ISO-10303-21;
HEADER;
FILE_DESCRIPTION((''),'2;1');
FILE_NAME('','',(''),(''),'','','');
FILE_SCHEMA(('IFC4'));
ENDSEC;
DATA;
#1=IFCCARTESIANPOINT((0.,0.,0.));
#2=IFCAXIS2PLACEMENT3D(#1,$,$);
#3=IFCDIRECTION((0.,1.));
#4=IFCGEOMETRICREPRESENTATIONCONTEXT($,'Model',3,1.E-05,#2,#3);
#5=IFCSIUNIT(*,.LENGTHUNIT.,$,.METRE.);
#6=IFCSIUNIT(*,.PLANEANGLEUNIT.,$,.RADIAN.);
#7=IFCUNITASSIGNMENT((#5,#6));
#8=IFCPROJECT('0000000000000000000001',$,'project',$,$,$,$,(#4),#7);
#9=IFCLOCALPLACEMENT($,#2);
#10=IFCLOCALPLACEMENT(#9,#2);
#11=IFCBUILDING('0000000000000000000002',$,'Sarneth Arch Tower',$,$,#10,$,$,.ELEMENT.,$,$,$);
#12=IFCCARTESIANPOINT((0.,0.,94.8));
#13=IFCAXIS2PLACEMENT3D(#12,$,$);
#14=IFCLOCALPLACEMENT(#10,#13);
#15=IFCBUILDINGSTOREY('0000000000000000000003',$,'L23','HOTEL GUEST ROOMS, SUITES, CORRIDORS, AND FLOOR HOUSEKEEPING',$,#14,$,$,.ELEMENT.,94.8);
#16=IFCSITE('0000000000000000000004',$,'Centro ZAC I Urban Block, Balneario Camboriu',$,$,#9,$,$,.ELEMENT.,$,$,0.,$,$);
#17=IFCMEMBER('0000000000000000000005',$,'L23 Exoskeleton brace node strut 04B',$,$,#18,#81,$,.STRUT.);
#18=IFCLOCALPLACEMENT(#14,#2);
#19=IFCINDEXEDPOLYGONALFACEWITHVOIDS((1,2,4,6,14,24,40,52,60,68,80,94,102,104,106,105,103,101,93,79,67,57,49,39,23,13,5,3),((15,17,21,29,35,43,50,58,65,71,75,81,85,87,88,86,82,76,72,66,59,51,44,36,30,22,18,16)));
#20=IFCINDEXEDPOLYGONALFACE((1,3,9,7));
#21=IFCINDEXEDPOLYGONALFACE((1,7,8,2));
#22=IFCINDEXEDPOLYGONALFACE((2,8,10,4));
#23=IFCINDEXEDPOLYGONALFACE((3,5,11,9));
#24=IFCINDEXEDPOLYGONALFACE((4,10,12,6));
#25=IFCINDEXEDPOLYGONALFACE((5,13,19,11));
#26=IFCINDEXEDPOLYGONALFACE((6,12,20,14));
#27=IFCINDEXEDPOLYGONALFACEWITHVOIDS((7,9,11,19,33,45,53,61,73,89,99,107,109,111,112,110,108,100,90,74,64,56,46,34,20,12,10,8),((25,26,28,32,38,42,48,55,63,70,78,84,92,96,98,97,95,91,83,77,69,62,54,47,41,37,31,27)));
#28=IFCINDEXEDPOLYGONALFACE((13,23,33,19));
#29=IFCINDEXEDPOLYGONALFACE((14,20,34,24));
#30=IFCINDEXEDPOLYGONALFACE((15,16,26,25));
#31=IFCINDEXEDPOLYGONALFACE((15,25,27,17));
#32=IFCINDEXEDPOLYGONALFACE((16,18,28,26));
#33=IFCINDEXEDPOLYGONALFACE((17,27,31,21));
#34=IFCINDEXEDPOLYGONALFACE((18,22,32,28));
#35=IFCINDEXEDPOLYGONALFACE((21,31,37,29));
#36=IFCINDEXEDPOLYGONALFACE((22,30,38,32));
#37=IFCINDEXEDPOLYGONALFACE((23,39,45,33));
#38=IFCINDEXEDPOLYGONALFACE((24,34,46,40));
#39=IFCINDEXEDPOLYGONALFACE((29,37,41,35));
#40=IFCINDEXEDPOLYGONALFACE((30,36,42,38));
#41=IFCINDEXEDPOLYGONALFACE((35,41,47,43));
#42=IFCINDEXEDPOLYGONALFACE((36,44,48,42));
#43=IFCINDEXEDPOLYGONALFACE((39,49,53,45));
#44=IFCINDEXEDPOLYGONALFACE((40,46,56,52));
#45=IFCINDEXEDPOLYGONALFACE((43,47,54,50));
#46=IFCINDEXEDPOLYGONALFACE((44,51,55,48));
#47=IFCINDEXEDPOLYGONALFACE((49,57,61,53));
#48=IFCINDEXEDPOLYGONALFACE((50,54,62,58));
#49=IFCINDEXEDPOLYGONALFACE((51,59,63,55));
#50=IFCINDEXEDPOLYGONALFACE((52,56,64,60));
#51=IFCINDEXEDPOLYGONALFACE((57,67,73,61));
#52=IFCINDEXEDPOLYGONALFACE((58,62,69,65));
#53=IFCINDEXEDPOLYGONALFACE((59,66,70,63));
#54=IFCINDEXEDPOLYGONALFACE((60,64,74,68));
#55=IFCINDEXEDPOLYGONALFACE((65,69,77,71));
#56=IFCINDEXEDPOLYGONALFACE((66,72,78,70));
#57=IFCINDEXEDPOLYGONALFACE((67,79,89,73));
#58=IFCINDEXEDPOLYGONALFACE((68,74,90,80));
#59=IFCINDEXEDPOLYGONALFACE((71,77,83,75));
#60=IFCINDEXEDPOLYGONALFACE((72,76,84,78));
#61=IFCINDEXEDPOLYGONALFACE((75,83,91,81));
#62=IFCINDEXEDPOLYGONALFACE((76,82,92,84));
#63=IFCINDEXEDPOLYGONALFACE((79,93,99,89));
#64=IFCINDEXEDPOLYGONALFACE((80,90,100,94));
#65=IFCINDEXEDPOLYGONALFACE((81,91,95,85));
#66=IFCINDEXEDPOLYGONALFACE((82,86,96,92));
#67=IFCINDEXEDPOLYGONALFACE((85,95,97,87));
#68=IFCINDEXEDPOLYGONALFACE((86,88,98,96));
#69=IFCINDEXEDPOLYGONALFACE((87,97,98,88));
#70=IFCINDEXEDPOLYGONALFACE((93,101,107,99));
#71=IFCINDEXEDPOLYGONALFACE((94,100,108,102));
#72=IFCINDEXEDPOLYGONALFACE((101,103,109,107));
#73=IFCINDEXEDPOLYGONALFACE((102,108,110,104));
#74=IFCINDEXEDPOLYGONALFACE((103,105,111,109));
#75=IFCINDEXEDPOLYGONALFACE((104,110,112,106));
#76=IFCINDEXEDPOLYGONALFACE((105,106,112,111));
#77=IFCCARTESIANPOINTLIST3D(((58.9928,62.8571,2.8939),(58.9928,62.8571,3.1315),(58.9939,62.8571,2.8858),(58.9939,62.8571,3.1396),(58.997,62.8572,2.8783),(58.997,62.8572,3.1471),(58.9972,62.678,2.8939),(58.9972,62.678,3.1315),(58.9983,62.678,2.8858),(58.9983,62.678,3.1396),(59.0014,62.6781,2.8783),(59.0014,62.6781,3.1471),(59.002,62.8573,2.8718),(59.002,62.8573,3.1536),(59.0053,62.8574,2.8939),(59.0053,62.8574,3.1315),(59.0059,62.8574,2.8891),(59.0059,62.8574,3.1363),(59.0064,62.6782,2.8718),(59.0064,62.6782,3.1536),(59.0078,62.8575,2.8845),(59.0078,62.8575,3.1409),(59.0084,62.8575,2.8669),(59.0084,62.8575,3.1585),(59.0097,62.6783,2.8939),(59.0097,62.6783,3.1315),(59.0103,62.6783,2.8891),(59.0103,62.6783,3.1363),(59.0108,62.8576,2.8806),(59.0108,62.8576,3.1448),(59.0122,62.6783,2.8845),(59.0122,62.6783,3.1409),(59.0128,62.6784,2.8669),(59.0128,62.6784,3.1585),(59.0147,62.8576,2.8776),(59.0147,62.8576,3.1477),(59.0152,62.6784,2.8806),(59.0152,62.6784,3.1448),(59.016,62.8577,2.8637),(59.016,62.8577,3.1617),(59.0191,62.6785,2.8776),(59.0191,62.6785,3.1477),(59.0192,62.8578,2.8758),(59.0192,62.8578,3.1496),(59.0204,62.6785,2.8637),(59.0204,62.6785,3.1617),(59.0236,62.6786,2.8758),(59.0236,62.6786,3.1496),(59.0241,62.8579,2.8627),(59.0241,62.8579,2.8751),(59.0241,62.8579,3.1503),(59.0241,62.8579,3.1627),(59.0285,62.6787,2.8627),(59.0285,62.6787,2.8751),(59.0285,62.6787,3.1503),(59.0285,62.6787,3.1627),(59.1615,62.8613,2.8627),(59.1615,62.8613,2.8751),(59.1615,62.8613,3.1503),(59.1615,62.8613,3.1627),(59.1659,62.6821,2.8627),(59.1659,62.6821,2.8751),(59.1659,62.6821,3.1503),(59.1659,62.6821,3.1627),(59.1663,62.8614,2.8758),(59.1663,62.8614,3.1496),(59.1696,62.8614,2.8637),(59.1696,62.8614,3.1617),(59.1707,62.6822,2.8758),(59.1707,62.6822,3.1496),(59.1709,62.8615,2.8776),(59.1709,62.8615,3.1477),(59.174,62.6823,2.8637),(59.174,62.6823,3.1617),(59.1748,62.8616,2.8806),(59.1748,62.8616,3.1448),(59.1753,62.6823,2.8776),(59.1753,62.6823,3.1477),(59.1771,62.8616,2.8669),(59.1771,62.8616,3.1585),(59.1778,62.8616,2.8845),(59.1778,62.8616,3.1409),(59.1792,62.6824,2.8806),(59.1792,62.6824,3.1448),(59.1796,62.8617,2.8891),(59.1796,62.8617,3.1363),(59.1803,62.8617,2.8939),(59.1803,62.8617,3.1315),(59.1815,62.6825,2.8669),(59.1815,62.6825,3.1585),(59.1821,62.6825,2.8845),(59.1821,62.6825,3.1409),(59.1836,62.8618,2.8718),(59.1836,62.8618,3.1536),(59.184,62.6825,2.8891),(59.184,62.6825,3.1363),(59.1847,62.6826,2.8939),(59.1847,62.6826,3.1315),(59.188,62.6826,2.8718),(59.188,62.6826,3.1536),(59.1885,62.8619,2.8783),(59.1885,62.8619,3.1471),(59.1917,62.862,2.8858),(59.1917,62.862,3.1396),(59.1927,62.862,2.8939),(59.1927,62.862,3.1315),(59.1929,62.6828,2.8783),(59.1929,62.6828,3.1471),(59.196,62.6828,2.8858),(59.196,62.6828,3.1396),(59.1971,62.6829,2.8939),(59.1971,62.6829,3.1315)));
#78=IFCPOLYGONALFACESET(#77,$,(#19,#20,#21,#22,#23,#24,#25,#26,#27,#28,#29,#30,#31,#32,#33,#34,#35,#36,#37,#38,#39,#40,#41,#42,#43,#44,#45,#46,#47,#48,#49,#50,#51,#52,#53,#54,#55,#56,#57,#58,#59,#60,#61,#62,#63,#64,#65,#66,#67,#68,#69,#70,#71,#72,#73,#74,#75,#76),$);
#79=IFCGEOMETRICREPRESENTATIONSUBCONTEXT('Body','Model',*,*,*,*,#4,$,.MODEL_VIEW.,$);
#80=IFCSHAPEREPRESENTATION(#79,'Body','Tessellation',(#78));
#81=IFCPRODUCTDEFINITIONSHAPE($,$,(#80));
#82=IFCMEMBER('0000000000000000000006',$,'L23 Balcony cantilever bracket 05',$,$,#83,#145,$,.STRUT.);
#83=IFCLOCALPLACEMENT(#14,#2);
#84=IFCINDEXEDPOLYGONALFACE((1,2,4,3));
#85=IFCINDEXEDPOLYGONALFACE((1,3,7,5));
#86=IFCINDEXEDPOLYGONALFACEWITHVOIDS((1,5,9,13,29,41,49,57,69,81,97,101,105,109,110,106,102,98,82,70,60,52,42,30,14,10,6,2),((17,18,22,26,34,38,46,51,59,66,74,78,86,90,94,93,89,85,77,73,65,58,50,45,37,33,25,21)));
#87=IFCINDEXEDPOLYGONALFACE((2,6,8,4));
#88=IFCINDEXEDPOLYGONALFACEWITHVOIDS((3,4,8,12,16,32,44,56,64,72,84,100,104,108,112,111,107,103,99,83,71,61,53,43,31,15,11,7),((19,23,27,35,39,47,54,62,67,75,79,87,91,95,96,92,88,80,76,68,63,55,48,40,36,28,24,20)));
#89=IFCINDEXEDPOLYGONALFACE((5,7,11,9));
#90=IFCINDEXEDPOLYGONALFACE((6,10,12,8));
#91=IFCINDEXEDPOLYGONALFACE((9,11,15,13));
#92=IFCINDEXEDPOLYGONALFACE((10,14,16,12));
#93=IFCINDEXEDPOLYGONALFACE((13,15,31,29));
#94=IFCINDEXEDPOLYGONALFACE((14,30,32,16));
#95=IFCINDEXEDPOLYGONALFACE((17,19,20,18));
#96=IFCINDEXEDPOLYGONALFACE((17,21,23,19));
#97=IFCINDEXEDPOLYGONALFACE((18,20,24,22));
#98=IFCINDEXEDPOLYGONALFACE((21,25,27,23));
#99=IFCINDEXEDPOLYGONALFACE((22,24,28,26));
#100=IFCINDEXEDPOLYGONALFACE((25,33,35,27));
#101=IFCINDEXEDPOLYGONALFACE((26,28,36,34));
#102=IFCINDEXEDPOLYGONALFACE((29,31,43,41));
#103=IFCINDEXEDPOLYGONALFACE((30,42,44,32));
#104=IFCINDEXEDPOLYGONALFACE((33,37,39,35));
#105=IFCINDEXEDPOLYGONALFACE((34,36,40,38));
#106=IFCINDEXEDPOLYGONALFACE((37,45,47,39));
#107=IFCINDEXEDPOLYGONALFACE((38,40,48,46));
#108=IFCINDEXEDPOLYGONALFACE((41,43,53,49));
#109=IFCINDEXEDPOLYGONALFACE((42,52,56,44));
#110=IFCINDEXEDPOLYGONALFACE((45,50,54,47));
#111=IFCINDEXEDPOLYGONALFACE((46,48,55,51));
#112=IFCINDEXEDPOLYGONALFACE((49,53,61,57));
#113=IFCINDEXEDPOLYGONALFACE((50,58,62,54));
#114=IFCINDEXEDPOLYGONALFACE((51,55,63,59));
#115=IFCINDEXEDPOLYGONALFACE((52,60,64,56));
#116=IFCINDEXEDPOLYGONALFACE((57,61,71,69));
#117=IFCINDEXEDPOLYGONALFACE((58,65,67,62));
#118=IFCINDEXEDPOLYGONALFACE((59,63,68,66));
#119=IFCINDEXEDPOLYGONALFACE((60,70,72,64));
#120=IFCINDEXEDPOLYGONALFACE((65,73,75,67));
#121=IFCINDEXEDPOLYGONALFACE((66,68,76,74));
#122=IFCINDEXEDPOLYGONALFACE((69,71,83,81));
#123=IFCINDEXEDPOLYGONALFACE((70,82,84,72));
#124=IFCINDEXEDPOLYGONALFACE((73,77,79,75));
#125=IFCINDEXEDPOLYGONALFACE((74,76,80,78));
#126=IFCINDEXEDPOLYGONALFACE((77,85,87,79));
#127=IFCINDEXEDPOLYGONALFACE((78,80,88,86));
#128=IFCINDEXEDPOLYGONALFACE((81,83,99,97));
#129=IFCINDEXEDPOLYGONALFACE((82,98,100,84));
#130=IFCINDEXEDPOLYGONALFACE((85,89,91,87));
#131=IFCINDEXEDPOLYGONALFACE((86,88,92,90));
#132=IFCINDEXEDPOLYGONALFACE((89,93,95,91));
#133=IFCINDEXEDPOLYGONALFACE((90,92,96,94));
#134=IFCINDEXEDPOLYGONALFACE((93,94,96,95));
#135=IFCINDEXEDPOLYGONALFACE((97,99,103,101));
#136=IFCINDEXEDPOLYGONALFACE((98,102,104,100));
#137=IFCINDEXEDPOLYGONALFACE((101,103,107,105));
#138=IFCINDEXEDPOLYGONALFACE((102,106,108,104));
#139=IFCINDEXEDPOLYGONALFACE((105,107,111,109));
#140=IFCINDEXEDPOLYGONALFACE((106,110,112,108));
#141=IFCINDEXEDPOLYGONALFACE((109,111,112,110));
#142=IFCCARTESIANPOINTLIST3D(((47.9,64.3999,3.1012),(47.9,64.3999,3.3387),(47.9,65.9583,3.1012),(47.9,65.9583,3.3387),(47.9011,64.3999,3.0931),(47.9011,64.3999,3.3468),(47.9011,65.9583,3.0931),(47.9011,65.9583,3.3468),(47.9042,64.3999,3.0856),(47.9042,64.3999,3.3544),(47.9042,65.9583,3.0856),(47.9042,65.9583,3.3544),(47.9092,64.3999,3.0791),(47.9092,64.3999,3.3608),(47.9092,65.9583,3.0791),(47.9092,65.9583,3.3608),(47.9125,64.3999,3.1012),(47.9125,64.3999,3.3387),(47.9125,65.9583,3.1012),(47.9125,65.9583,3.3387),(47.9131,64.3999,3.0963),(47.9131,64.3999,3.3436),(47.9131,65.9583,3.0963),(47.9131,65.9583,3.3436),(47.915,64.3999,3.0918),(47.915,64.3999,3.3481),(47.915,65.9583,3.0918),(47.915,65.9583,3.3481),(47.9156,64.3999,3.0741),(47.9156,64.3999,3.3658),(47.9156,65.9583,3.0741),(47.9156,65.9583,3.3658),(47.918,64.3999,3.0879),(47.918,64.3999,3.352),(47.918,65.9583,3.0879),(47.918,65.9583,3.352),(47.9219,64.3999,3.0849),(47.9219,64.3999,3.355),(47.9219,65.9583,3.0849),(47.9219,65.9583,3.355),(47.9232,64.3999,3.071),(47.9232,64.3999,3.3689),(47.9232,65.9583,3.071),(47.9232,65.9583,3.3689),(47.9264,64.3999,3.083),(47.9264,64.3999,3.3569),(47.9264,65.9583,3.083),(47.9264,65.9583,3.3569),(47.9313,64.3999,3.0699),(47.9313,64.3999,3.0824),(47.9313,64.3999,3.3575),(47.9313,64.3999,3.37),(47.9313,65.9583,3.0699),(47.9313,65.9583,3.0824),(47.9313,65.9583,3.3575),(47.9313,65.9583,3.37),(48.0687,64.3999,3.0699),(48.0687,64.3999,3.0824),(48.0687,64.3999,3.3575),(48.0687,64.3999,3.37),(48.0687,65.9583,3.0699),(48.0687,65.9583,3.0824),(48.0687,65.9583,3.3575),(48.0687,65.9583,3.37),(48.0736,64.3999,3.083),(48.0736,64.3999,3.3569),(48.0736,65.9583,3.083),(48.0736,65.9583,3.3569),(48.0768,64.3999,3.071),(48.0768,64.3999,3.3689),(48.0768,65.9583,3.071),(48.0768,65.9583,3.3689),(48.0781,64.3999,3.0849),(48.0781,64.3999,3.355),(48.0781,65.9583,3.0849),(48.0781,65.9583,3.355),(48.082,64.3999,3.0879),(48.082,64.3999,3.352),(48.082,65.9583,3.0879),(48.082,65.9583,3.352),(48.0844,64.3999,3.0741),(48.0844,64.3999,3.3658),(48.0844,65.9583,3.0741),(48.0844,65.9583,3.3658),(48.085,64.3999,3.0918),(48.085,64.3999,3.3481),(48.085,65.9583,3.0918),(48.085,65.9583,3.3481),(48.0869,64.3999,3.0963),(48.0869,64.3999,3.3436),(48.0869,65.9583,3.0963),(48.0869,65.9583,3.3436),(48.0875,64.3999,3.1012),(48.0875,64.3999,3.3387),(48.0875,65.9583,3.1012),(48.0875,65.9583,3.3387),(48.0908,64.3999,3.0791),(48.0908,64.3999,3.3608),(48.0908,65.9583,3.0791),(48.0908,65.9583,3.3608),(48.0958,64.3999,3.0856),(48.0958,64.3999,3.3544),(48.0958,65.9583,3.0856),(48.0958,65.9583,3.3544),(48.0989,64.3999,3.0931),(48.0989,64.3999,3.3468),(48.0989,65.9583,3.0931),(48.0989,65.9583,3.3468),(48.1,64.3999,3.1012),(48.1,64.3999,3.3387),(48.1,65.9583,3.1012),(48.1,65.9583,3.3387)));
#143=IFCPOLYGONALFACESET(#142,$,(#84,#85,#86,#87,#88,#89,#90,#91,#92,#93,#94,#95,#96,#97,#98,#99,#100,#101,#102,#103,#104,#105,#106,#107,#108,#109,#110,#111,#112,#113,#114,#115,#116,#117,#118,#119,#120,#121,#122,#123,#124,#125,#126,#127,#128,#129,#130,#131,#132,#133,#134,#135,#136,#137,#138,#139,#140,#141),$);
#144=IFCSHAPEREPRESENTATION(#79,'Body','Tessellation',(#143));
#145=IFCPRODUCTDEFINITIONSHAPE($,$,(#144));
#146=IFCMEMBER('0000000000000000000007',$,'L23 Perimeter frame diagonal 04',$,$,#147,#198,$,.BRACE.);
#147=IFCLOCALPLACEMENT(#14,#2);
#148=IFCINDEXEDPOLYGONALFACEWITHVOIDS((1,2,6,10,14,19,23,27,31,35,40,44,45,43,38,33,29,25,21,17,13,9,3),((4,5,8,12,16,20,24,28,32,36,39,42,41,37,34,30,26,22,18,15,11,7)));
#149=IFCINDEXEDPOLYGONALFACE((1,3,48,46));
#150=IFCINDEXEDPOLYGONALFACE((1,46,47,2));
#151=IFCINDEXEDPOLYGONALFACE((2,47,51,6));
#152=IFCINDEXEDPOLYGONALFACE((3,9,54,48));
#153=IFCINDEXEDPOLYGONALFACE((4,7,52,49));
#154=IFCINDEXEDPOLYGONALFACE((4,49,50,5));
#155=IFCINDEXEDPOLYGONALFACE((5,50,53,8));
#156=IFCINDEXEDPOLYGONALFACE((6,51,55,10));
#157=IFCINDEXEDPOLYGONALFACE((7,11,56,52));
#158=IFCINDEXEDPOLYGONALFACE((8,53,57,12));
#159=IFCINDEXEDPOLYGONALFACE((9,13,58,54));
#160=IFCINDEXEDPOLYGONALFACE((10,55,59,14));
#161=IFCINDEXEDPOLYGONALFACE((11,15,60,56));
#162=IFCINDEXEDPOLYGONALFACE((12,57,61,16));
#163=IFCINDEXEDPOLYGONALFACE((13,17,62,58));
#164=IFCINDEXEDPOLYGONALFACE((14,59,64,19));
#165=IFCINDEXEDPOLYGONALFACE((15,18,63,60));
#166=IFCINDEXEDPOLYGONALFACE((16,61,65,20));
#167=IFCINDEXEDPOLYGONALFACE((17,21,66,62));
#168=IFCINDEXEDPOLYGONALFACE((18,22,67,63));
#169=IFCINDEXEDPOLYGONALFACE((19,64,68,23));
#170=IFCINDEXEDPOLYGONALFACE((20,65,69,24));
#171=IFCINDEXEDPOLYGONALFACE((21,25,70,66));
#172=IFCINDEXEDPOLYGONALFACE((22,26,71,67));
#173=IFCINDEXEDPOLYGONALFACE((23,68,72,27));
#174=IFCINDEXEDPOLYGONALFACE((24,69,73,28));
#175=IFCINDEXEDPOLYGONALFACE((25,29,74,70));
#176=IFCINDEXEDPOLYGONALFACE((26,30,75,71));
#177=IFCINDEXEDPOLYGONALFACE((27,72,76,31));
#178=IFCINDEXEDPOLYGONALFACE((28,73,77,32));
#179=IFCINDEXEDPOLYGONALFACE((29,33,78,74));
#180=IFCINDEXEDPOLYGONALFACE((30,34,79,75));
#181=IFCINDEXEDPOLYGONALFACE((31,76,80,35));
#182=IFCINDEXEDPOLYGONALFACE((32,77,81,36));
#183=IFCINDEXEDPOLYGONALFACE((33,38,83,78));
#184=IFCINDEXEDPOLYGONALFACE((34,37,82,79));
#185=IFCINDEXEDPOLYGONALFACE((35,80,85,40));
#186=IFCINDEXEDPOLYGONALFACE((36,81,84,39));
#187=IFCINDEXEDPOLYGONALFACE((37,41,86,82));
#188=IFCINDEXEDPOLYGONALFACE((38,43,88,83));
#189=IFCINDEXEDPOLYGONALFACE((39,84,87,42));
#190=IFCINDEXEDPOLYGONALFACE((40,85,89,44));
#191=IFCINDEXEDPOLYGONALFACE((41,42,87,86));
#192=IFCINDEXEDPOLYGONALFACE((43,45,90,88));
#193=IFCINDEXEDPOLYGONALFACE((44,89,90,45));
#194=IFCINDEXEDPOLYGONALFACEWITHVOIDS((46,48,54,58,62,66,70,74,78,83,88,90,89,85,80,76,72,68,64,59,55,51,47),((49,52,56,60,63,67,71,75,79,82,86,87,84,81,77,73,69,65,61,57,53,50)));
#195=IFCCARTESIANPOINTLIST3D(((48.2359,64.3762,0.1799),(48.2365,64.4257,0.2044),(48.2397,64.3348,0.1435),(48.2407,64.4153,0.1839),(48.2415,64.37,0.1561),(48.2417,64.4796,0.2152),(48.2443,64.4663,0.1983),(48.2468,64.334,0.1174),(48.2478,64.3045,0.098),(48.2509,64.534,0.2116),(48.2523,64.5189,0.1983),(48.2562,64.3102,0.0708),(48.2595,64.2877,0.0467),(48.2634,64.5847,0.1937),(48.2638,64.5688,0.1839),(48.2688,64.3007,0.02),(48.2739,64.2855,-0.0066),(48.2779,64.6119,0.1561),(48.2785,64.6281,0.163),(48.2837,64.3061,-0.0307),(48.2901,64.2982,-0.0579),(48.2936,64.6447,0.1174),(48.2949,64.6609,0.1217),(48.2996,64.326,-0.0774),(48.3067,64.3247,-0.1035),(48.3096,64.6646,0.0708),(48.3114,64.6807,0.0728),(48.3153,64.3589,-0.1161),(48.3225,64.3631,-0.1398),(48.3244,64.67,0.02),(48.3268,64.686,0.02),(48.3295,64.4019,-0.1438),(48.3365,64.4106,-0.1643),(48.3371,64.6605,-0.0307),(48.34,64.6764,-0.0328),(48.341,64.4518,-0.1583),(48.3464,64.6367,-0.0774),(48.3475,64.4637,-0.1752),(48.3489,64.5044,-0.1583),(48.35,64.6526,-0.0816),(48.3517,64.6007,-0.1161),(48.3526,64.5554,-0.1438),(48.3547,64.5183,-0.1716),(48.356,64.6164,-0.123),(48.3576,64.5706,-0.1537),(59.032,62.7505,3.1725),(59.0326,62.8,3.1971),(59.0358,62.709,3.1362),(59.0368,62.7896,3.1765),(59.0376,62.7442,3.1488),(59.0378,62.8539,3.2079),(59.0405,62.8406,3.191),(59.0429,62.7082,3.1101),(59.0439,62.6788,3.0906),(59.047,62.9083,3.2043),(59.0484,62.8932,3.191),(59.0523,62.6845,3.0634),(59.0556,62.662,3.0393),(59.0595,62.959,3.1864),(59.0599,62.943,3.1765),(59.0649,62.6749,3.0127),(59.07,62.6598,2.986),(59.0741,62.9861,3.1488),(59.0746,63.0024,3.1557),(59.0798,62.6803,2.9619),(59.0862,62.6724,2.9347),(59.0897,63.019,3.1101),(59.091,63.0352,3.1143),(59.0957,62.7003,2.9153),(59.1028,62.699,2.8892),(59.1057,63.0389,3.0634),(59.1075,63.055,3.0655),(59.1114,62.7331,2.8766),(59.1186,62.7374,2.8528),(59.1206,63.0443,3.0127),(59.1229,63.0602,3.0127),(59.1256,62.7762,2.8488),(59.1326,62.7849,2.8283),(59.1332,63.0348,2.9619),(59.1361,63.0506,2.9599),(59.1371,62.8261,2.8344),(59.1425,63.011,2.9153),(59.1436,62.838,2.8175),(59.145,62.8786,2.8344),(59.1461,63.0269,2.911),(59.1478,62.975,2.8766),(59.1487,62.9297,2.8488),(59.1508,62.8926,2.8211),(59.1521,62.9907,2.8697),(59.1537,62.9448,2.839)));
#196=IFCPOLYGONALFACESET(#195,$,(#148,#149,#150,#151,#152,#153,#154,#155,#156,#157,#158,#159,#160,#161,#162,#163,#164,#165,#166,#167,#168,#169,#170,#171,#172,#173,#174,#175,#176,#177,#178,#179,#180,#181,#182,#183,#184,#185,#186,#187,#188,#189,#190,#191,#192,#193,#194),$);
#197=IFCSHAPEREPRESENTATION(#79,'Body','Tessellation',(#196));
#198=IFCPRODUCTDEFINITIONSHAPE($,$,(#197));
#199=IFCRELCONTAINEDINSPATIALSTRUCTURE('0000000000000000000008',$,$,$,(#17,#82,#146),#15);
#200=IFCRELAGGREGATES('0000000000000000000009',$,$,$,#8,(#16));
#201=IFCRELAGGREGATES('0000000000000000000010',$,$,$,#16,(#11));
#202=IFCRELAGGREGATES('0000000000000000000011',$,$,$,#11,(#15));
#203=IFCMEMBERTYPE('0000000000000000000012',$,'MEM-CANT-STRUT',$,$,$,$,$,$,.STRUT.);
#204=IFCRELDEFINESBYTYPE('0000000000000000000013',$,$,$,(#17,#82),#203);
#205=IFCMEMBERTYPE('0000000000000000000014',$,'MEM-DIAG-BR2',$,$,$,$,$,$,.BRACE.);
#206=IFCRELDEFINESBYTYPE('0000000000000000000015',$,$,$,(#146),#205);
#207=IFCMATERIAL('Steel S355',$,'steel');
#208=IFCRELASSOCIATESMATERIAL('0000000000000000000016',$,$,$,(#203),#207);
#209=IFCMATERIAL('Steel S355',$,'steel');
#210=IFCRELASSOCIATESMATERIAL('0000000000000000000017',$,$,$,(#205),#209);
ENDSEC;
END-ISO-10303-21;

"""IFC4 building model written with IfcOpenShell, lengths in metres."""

from ifc_helpers import new_model, si_unit, direction, frame, origin, origin_2d, place, context, subcontext, project, spatial, hollow_rectangle, hollow_circle, extrude, material, material_profile, profile_set, type_object, element, save


model = new_model("IFC4")

# Units and contexts
model_context = context("Model", 3, precision=1e-05, world=origin(), true_north=direction((0.0, 1.0)))
body_context = subcontext(model_context, "Body", "Model", "MODEL_VIEW")
ifc_project = project(units=[si_unit("LENGTHUNIT", "METRE"), si_unit("PLANEANGLEUNIT", "RADIAN")], contexts=[model_context])

# Site, building, storey
site_placement = place(None, origin())
site = spatial("IfcSite", under=ifc_project, at=site_placement, Name="Centro ZAC I Urban Block, Balneario Camboriu", CompositionType="ELEMENT", RefElevation=0.0)
building_placement = place(site_placement, origin())
building = spatial("IfcBuilding", under=site, at=building_placement, Name="Sarneth Arch Tower", CompositionType="ELEMENT")
storey_placement = place(building_placement, frame((0.0, 0.0, 94.8)))
storey = spatial("IfcBuildingStorey", under=building, at=storey_placement, Name="L23", Description="HOTEL GUEST ROOMS, SUITES, CORRIDORS, AND FLOOR HOUSEKEEPING", CompositionType="ELEMENT", Elevation=94.8)

# Members
ifc_material_1 = material(Name="Steel S355", Category="steel")
ifc_material_profile_1 = material_profile(ifc_material_1, hollow_rectangle(XDim=0.2, YDim=0.3, WallThickness=0.0125, InnerFilletRadius=0.0188, OuterFilletRadius=0.0312, at=origin_2d()), Name="RHS300x200x12.5")
ifc_profile_set_1 = profile_set([ifc_material_profile_1], Name="Steel S355")
member_type_1 = type_object("IfcMemberType", Name="MEM-CANT-STRUT", PredefinedType="STRUT", material=ifc_profile_set_1)
member_1_placement = place(storey_placement, frame((59.0972, 62.6804, 3.0127), z_axis=(-0.024516, 0.999699, 0.0), x_axis=(-0.999699, -0.024516, 0.0)))
element("IfcMember", 1, at=member_1_placement, inside=storey, type_object=member_type_1, Name="L23 Exoskeleton brace node strut 04B", PredefinedType="STRUT", context=body_context, shape_type="SweptSolid", body=[
    extrude(hollow_rectangle(XDim=0.2, YDim=0.3, WallThickness=0.0125, InnerFilletRadius=0.0188, OuterFilletRadius=0.0312, at=origin_2d()), origin(), (0.0, 0.0, 1.0), 0.1792),
])
member_2_placement = place(storey_placement, frame((48.0, 64.3999, 3.22), z_axis=(0.0, 1.0, 0.0), x_axis=(-1.0, 0.0, 0.0)))
element("IfcMember", 2, at=member_2_placement, inside=storey, type_object=member_type_1, Name="L23 Balcony cantilever bracket 05", PredefinedType="STRUT", context=body_context, shape_type="SweptSolid", body=[
    extrude(hollow_rectangle(XDim=0.2, YDim=0.3, WallThickness=0.0125, InnerFilletRadius=0.0188, OuterFilletRadius=0.0312, at=origin_2d()), origin(), (0.0, 0.0, 1.0), 1.5583),
])
ifc_material_2 = material(Name="Steel S355", Category="steel")
ifc_material_profile_2 = material_profile(ifc_material_2, hollow_circle(Radius=0.2029, WallThickness=0.0161, at=origin_2d()), Name="CHS406x16")
ifc_profile_set_2 = profile_set([ifc_material_profile_2], Name="Steel S355")
member_type_2 = type_object("IfcMemberType", Name="MEM-DIAG-BR2", PredefinedType="BRACE", material=ifc_profile_set_2)
member_3_placement = place(storey_placement, frame((48.2966, 64.4854, 0.02), z_axis=(0.953673, -0.143608, 0.264357), x_axis=(0.148906, 0.988851, 0.0)))
element("IfcMember", 3, at=member_3_placement, inside=storey, type_object=member_type_2, Name="L23 Perimeter frame diagonal 04", PredefinedType="BRACE", context=body_context, shape_type="SweptSolid", body=[
    extrude(hollow_circle(Radius=0.2029, WallThickness=0.0161, at=origin_2d()), origin(), (0.0, 0.0, 1.0), 11.3206),
])

save(model, "model.ifc")
